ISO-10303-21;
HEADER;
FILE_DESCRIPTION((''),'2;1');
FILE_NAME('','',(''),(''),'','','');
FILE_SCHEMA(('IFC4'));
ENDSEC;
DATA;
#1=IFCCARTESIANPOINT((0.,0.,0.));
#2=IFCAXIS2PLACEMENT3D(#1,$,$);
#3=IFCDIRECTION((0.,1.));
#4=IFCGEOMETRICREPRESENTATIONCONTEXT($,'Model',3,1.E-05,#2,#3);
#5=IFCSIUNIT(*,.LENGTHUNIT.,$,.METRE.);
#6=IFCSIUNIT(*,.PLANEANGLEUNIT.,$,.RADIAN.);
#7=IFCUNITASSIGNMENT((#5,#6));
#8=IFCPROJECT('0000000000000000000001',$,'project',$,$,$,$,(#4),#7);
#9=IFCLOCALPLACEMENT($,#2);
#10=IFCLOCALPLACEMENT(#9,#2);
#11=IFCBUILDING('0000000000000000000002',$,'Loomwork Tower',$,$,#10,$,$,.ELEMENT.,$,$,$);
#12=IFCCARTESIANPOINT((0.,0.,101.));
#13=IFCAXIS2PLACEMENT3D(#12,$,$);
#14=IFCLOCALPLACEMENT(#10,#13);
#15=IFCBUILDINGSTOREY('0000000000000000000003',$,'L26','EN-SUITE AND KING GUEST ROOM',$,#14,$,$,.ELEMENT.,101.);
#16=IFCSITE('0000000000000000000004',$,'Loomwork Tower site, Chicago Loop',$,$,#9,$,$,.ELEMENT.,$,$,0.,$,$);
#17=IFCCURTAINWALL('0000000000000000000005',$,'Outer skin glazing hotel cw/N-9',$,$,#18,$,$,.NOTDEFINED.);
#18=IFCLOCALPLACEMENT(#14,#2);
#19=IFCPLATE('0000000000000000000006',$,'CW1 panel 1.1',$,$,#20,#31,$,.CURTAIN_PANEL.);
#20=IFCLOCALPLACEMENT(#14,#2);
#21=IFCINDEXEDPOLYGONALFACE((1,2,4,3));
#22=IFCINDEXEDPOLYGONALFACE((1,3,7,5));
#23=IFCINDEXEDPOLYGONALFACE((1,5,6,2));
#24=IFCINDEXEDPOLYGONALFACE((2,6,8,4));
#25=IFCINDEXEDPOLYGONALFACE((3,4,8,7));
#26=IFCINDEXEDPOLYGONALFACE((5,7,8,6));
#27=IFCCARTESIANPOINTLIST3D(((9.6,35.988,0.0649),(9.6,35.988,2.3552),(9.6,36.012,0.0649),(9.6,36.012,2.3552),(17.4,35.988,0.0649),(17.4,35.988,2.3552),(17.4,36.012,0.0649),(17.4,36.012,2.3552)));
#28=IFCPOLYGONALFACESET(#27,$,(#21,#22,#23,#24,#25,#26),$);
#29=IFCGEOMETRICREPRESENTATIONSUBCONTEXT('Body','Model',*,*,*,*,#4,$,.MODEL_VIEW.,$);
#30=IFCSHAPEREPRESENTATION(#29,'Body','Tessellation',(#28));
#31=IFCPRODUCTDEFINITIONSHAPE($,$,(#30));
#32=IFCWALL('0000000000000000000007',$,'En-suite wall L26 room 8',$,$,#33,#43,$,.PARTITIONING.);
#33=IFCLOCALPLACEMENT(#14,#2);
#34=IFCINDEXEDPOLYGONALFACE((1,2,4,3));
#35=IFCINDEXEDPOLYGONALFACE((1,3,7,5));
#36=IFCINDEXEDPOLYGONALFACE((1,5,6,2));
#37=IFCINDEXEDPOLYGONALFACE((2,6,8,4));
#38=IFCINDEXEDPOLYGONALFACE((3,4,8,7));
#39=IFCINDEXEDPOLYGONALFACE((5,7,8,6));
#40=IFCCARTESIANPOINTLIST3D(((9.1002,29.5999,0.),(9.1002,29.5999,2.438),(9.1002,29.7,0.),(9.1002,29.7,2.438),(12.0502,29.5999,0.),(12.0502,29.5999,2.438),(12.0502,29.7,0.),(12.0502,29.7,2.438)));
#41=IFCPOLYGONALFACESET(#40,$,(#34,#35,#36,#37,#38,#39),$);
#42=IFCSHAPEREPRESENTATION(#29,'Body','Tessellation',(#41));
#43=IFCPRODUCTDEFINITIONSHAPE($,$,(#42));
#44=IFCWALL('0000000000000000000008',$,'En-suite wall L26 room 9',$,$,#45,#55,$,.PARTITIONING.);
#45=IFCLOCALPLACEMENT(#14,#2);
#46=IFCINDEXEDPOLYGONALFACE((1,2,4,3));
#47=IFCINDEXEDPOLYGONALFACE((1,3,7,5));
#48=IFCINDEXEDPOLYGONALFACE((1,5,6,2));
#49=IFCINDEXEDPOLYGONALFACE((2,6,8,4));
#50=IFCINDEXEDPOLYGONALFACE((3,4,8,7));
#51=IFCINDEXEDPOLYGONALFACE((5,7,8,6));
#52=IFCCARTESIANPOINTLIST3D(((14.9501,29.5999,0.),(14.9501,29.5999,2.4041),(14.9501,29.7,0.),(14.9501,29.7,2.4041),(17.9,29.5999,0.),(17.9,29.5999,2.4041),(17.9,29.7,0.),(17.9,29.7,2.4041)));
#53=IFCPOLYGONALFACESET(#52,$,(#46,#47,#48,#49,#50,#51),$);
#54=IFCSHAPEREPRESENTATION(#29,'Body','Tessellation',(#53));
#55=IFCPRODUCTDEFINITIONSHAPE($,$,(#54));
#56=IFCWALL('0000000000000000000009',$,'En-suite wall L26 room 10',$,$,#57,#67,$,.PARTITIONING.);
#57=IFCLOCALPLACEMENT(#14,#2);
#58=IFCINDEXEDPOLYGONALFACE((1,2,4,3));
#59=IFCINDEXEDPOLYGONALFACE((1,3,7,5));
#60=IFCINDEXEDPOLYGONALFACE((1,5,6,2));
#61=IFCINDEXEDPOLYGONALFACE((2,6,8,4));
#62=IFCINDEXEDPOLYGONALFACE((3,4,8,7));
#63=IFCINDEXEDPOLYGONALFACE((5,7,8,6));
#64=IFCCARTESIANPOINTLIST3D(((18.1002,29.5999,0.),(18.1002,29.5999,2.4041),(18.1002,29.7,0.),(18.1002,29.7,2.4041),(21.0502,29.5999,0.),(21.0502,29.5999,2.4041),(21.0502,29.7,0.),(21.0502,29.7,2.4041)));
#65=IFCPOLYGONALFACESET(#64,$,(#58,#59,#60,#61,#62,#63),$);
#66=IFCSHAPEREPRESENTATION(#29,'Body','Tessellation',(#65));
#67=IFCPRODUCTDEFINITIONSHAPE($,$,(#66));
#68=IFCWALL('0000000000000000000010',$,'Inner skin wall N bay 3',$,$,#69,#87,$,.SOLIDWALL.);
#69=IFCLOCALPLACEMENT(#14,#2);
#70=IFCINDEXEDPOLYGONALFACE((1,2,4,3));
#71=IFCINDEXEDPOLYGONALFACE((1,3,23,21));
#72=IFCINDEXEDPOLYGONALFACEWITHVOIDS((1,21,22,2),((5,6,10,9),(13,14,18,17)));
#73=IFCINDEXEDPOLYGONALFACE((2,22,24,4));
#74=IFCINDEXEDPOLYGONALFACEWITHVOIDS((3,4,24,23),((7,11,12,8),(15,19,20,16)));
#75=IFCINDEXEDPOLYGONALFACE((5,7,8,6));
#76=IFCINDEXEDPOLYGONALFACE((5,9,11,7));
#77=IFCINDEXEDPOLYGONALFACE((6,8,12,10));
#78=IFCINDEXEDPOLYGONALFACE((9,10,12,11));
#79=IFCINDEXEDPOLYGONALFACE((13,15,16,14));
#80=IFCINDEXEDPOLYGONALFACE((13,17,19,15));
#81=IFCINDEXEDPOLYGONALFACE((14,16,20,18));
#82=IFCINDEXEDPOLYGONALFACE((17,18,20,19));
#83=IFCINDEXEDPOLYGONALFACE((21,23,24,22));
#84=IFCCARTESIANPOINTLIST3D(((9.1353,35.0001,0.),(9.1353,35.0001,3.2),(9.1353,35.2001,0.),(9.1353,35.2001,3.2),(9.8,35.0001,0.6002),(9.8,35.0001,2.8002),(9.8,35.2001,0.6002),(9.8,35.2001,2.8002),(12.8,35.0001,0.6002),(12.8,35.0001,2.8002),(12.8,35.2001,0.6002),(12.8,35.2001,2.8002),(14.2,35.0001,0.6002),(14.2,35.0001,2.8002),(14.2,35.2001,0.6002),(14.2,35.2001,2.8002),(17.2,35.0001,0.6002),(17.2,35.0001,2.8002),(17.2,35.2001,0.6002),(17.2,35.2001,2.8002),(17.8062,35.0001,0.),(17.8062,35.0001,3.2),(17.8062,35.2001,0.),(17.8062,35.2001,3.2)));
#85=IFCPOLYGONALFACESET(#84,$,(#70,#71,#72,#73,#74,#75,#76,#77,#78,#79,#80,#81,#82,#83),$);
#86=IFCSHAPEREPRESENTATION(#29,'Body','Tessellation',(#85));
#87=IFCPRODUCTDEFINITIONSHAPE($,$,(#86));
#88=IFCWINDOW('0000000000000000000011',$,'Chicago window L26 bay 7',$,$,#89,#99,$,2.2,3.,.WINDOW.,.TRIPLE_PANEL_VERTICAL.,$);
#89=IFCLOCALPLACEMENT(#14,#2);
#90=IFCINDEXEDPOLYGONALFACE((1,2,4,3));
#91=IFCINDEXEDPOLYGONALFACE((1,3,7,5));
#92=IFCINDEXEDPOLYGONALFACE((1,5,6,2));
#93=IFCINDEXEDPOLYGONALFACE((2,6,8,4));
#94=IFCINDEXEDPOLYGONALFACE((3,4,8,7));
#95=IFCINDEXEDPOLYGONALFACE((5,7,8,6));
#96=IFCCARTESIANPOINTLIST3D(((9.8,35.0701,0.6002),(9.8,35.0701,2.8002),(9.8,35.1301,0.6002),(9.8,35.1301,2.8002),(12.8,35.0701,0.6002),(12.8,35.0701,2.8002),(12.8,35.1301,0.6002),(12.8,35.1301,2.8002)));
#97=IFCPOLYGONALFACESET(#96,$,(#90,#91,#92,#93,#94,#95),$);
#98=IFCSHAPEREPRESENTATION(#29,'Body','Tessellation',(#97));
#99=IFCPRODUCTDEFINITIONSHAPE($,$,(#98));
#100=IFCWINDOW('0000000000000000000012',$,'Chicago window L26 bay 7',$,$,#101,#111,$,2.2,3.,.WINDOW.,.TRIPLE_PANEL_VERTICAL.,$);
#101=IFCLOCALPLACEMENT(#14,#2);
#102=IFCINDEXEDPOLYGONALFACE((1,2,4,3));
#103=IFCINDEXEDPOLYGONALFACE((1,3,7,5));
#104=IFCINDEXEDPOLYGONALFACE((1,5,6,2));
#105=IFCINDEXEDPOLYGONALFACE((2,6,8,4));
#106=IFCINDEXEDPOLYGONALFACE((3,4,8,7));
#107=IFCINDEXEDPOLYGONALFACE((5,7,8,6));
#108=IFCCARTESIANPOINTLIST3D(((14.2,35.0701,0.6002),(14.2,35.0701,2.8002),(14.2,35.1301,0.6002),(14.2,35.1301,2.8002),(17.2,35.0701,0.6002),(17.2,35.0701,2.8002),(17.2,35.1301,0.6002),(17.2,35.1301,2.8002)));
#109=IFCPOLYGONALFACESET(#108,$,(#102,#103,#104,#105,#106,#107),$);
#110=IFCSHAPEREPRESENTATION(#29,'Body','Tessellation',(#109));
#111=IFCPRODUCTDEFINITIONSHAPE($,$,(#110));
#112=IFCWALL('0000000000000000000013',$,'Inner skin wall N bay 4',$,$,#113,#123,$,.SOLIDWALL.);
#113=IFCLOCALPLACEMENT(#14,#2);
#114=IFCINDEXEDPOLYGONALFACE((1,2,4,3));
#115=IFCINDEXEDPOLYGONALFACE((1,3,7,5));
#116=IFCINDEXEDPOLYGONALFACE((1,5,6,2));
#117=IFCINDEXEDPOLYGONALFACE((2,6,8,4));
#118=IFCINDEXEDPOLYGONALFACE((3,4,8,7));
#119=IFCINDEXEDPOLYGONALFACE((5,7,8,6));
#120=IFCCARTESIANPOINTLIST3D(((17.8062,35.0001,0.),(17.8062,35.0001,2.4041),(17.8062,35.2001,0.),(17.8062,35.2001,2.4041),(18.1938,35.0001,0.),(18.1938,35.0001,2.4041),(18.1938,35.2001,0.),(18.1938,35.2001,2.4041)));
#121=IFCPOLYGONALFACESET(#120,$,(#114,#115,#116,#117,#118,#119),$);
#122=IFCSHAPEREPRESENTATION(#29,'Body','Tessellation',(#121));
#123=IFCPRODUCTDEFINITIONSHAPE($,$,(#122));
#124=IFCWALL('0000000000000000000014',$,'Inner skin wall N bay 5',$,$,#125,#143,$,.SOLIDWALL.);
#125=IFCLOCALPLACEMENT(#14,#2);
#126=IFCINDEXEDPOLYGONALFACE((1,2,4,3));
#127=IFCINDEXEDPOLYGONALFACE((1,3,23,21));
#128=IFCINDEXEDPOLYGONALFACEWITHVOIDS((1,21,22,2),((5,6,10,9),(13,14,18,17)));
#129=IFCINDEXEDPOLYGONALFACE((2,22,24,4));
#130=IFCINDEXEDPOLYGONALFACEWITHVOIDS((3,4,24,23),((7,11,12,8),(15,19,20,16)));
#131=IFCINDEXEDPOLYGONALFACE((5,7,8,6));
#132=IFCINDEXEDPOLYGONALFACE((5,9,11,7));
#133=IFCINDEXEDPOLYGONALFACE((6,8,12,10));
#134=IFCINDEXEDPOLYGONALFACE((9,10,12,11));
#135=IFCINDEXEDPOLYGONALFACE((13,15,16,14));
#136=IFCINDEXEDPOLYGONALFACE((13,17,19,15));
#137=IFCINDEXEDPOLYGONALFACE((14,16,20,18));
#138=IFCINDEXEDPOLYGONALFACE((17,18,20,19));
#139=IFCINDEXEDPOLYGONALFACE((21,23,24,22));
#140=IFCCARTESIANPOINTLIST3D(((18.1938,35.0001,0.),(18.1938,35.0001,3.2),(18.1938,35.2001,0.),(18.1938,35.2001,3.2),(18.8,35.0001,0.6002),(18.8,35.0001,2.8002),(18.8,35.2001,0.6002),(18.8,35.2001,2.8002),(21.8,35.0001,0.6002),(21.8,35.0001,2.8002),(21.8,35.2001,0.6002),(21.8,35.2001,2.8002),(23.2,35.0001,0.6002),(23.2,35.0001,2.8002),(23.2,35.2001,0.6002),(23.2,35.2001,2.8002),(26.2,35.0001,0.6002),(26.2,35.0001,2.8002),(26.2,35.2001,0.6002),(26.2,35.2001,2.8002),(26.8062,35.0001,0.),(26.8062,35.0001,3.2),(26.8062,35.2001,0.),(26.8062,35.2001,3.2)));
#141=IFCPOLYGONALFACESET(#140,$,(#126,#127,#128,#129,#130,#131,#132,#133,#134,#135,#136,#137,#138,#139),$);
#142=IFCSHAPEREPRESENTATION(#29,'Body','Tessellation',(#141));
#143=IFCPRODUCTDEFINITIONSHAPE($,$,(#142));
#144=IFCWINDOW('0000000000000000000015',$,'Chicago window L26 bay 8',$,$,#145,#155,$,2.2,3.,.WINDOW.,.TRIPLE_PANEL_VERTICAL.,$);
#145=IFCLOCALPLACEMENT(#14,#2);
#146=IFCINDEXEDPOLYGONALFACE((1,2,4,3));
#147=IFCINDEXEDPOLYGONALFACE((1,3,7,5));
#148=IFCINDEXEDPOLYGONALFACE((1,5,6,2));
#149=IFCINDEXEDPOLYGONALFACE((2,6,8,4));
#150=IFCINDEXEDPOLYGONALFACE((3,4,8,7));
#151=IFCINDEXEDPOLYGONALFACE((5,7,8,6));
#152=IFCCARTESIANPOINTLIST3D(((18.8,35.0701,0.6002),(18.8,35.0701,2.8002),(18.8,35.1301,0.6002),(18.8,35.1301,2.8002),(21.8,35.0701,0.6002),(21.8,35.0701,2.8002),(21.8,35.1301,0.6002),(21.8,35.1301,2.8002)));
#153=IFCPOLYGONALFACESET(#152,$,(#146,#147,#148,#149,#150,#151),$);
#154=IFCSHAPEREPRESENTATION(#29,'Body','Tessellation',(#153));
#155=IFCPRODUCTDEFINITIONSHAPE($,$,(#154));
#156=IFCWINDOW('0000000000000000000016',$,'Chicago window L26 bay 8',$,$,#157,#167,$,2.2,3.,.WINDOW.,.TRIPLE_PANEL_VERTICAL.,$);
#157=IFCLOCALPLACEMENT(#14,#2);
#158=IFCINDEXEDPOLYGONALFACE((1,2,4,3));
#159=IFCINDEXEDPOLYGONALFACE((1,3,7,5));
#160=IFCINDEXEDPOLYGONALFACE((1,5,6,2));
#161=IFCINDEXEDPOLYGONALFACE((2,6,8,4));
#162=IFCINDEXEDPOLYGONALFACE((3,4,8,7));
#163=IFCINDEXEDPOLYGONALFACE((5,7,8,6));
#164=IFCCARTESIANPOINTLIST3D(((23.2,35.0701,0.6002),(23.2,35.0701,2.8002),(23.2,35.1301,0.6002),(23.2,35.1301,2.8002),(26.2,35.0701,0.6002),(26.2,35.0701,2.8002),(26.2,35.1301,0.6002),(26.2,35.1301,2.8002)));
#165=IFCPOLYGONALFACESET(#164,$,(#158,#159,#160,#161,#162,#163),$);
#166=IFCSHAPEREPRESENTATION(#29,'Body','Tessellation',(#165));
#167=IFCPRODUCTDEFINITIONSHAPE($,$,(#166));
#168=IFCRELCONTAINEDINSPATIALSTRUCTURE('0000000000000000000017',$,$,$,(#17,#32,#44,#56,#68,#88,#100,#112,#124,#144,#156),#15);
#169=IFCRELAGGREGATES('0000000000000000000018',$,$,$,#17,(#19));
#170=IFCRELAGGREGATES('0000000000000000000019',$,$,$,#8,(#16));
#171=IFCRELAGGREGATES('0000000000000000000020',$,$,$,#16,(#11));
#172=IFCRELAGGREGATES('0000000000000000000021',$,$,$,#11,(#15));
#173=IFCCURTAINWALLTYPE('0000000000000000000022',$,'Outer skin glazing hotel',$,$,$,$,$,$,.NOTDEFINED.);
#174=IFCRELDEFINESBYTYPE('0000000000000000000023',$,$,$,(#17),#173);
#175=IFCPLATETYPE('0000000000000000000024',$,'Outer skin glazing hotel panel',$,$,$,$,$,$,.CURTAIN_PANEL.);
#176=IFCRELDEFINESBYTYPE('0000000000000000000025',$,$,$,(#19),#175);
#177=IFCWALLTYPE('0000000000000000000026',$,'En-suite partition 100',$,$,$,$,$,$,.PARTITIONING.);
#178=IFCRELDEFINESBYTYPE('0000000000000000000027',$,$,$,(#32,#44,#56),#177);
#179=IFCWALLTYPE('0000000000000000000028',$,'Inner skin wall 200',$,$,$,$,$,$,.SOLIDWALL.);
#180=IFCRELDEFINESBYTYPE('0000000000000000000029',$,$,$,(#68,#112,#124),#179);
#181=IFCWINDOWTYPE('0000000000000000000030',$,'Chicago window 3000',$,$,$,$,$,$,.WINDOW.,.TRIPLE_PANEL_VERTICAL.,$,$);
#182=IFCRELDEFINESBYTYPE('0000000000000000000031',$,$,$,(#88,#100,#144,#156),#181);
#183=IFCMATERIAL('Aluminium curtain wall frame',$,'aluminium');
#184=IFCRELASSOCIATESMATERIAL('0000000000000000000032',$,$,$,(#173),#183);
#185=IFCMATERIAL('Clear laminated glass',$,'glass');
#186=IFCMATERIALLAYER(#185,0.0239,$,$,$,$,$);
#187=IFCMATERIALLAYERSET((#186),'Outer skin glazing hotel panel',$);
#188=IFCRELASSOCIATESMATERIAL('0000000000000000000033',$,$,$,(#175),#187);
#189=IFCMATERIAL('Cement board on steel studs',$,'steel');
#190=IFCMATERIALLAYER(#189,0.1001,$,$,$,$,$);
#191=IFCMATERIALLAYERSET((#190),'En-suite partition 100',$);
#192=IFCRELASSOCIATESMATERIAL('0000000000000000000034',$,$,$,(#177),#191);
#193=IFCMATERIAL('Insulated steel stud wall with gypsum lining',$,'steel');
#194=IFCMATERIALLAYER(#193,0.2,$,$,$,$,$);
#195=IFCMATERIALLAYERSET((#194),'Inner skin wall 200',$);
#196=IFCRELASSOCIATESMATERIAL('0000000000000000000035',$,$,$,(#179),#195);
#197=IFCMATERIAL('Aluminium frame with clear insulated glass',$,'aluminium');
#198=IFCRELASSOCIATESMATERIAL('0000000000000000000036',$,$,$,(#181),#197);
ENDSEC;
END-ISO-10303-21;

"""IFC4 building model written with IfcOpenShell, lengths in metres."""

from ifc_helpers import new_model, si_unit, direction, frame, frame_2d, origin, origin_2d, place, context, subcontext, project, spatial, rectangle, extrude, material, layer, layer_set, type_object, element, fill, aggregate, save


model = new_model("IFC4")

# Units and contexts
model_context = context("Model", 3, precision=1e-05, world=origin(), true_north=direction((0.0, 1.0)))
body_context = subcontext(model_context, "Body", "Model", "MODEL_VIEW")
ifc_project = project(units=[si_unit("LENGTHUNIT", "METRE"), si_unit("PLANEANGLEUNIT", "RADIAN")], contexts=[model_context])

# Site, building, storey
site_placement = place(None, origin())
site = spatial("IfcSite", under=ifc_project, at=site_placement, Name="Loomwork Tower site, Chicago Loop", CompositionType="ELEMENT", RefElevation=0.0)
building_placement = place(site_placement, origin())
building = spatial("IfcBuilding", under=site, at=building_placement, Name="Loomwork Tower", CompositionType="ELEMENT")
storey_placement = place(building_placement, frame((0.0, 0.0, 101.0)))
storey = spatial("IfcBuildingStorey", under=building, at=storey_placement, Name="L26", Description="EN-SUITE AND KING GUEST ROOM", CompositionType="ELEMENT", Elevation=101.0)

# Curtain wall
ifc_material_1 = material(Name="Aluminium curtain wall frame", Category="aluminium")
curtain_wall_type = type_object("IfcCurtainWallType", Name="Outer skin glazing hotel", PredefinedType="NOTDEFINED", material=ifc_material_1)
curtain_wall_1_placement = place(storey_placement, origin())
curtain_wall_1 = element("IfcCurtainWall", 1, at=curtain_wall_1_placement, inside=storey, type_object=curtain_wall_type, Name="Outer skin glazing hotel cw/N-9", PredefinedType="NOTDEFINED")

# Plate
ifc_material_2 = material(Name="Clear laminated glass", Category="glass")
ifc_layer_1 = layer(ifc_material_2, 0.0239)
ifc_layer_set_1 = layer_set([ifc_layer_1], Name="Outer skin glazing hotel panel")
plate_type = type_object("IfcPlateType", Name="Outer skin glazing hotel panel", PredefinedType="CURTAIN_PANEL", material=ifc_layer_set_1)
plate_placement = place(storey_placement, frame((13.5, 36.0, 0.0649), z_axis=(0.0, 0.0, 1.0), x_axis=(-1.0, 0.0, 0.0)))
plate = element("IfcPlate", 2, at=plate_placement, type_object=plate_type, Name="CW1 panel 1.1", PredefinedType="CURTAIN_PANEL", context=body_context, shape_type="SweptSolid", body=[
    extrude(rectangle(XDim=7.8, YDim=0.0239, at=origin_2d()), origin(), (0.0, 0.0, 1.0), 2.2903),
])
aggregate(curtain_wall_1, [plate])

# Walls
ifc_material_3 = material(Name="Cement board on steel studs", Category="steel")
ifc_layer_2 = layer(ifc_material_3, 0.1001)
ifc_layer_set_2 = layer_set([ifc_layer_2], Name="En-suite partition 100")
wall_type_1 = type_object("IfcWallType", Name="En-suite partition 100", PredefinedType="PARTITIONING", material=ifc_layer_set_2)
wall_1_placement = place(storey_placement, frame((9.1001, 29.6499, 0.0), z_axis=(0.0, 0.0, 1.0), x_axis=(1.0, 0.0, 0.0)))
element("IfcWall", 3, at=wall_1_placement, inside=storey, type_object=wall_type_1, Name="En-suite wall L26 room 8", PredefinedType="PARTITIONING", context=body_context, shape_type="SweptSolid", body=[
    extrude(rectangle(XDim=2.95, YDim=0.1001, at=frame_2d((1.4751, 0.0))), origin(), (0.0, 0.0, 1.0), 2.438),
])
for number, where, z_axis, x_axis, name in (
    (4, (14.95, 29.6499, 0.0), (0.0, 0.0, 1.0), (1.0, 0.0, 0.0), "En-suite wall L26 room 9"),
    (5, (18.1001, 29.6499, 0.0), (0.0, 0.0, 1.0), (1.0, 0.0, 0.0), "En-suite wall L26 room 10"),
):
    element("IfcWall", number, at=place(storey_placement, frame(where, z_axis=z_axis, x_axis=x_axis)), inside=storey, type_object=wall_type_1, Name=name, PredefinedType="PARTITIONING", context=body_context, shape_type="SweptSolid", body=[
        extrude(rectangle(XDim=2.95, YDim=0.1001, at=frame_2d((1.4751, 0.0))), origin(), (0.0, 0.0, 1.0), 2.4041),
    ])

# Wall, openings, windows
ifc_material_4 = material(Name="Insulated steel stud wall with gypsum lining", Category="steel")
ifc_layer_3 = layer(ifc_material_4, 0.2)
ifc_layer_set_3 = layer_set([ifc_layer_3], Name="Inner skin wall 200")
wall_type_2 = type_object("IfcWallType", Name="Inner skin wall 200", PredefinedType="SOLIDWALL", material=ifc_layer_set_3)
wall_2_placement = place(storey_placement, frame((9.1353, 35.1001, 0.0), z_axis=(0.0, 0.0, 1.0), x_axis=(1.0, 0.0, 0.0)))
wall_2 = element("IfcWall", 6, at=wall_2_placement, inside=storey, type_object=wall_type_2, Name="Inner skin wall N bay 3", PredefinedType="SOLIDWALL", context=body_context, shape_type="SweptSolid", body=[
    extrude(rectangle(XDim=8.6709, YDim=0.2, at=frame_2d((4.3354, 0.0))), origin(), (0.0, 0.0, 1.0), 3.2),
])
opening_1_placement = place(wall_2_placement, frame((0.6648, 0.0, 0.6001)))
opening_1 = element("IfcOpeningElement", 7, at=opening_1_placement, cuts=wall_2, PredefinedType="OPENING", context=body_context, shape_type="SweptSolid", body=[
    extrude(rectangle(XDim=3.0, YDim=2.2, at=frame_2d((1.5, 1.1001))), frame((0.0, 0.1099, 0.0), z_axis=(0.0, -1.0, 0.0), x_axis=(1.0, 0.0, 0.0)), (0.0, 0.0, 1.0), 0.22),
])
opening_2_placement = place(wall_2_placement, frame((5.0647, 0.0, 0.6001)))
opening_2 = element("IfcOpeningElement", 8, at=opening_2_placement, cuts=wall_2, PredefinedType="OPENING", context=body_context, shape_type="SweptSolid", body=[
    extrude(rectangle(XDim=3.0, YDim=2.2, at=frame_2d((1.5, 1.1001))), frame((0.0, 0.1099, 0.0), z_axis=(0.0, -1.0, 0.0), x_axis=(1.0, 0.0, 0.0)), (0.0, 0.0, 1.0), 0.22),
])
ifc_material_5 = material(Name="Aluminium frame with clear insulated glass", Category="aluminium")
window_type = type_object("IfcWindowType", Name="Chicago window 3000", PartitioningType="TRIPLE_PANEL_VERTICAL", PredefinedType="WINDOW", material=ifc_material_5)
window_1_placement = place(opening_1_placement, origin())
window_1 = element("IfcWindow", 9, at=window_1_placement, inside=storey, type_object=window_type, Name="Chicago window L26 bay 7", OverallHeight=2.2, OverallWidth=3.0, PartitioningType="TRIPLE_PANEL_VERTICAL", PredefinedType="WINDOW", context=body_context, shape_type="SweptSolid", body=[
    extrude(rectangle(XDim=3.0, YDim=2.2, at=frame_2d((1.5, 1.1001))), frame((0.0, 0.03, 0.0), z_axis=(0.0, -1.0, 0.0), x_axis=(1.0, 0.0, 0.0)), (0.0, 0.0, 1.0), 0.0601),
])
fill(opening_1, window_1)
window_2_placement = place(opening_2_placement, origin())
window_2 = element("IfcWindow", 10, at=window_2_placement, inside=storey, type_object=window_type, Name="Chicago window L26 bay 7", OverallHeight=2.2, OverallWidth=3.0, PartitioningType="TRIPLE_PANEL_VERTICAL", PredefinedType="WINDOW", context=body_context, shape_type="SweptSolid", body=[
    extrude(rectangle(XDim=3.0, YDim=2.2, at=frame_2d((1.5, 1.1001))), frame((0.0, 0.03, 0.0), z_axis=(0.0, -1.0, 0.0), x_axis=(1.0, 0.0, 0.0)), (0.0, 0.0, 1.0), 0.0601),
])
fill(opening_2, window_2)

# Wall
wall_3_placement = place(storey_placement, frame((17.8062, 35.1001, 0.0), z_axis=(0.0, 0.0, 1.0), x_axis=(1.0, 0.0, 0.0)))
element("IfcWall", 11, at=wall_3_placement, inside=storey, type_object=wall_type_2, Name="Inner skin wall N bay 4", PredefinedType="SOLIDWALL", context=body_context, shape_type="SweptSolid", body=[
    extrude(rectangle(XDim=0.3877, YDim=0.2, at=frame_2d((0.1938, 0.0))), origin(), (0.0, 0.0, 1.0), 2.4041),
])

# Wall, openings, windows
wall_4_placement = place(storey_placement, frame((18.1938, 35.1001, 0.0), z_axis=(0.0, 0.0, 1.0), x_axis=(1.0, 0.0, 0.0)))
wall_4 = element("IfcWall", 12, at=wall_4_placement, inside=storey, type_object=wall_type_2, Name="Inner skin wall N bay 5", PredefinedType="SOLIDWALL", context=body_context, shape_type="SweptSolid", body=[
    extrude(rectangle(XDim=8.6123, YDim=0.2, at=frame_2d((4.3062, 0.0))), origin(), (0.0, 0.0, 1.0), 3.2),
])
opening_3_placement = place(wall_4_placement, frame((0.6062, 0.0, 0.6001)))
opening_3 = element("IfcOpeningElement", 13, at=opening_3_placement, cuts=wall_4, PredefinedType="OPENING", context=body_context, shape_type="SweptSolid", body=[
    extrude(rectangle(XDim=3.0, YDim=2.2, at=frame_2d((1.5, 1.1001))), frame((0.0, 0.1099, 0.0), z_axis=(0.0, -1.0, 0.0), x_axis=(1.0, 0.0, 0.0)), (0.0, 0.0, 1.0), 0.22),
])
opening_4_placement = place(wall_4_placement, frame((5.0061, 0.0, 0.6001)))
opening_4 = element("IfcOpeningElement", 14, at=opening_4_placement, cuts=wall_4, PredefinedType="OPENING", context=body_context, shape_type="SweptSolid", body=[
    extrude(rectangle(XDim=3.0, YDim=2.2, at=frame_2d((1.5, 1.1001))), frame((0.0, 0.1099, 0.0), z_axis=(0.0, -1.0, 0.0), x_axis=(1.0, 0.0, 0.0)), (0.0, 0.0, 1.0), 0.22),
])
window_3_placement = place(opening_3_placement, origin())
window_3 = element("IfcWindow", 15, at=window_3_placement, inside=storey, type_object=window_type, Name="Chicago window L26 bay 8", OverallHeight=2.2, OverallWidth=3.0, PartitioningType="TRIPLE_PANEL_VERTICAL", PredefinedType="WINDOW", context=body_context, shape_type="SweptSolid", body=[
    extrude(rectangle(XDim=3.0, YDim=2.2, at=frame_2d((1.5, 1.1001))), frame((0.0, 0.03, 0.0), z_axis=(0.0, -1.0, 0.0), x_axis=(1.0, 0.0, 0.0)), (0.0, 0.0, 1.0), 0.0601),
])
fill(opening_3, window_3)
window_4_placement = place(opening_4_placement, origin())
window_4 = element("IfcWindow", 16, at=window_4_placement, inside=storey, type_object=window_type, Name="Chicago window L26 bay 8", OverallHeight=2.2, OverallWidth=3.0, PartitioningType="TRIPLE_PANEL_VERTICAL", PredefinedType="WINDOW", context=body_context, shape_type="SweptSolid", body=[
    extrude(rectangle(XDim=3.0, YDim=2.2, at=frame_2d((1.5, 1.1001))), frame((0.0, 0.03, 0.0), z_axis=(0.0, -1.0, 0.0), x_axis=(1.0, 0.0, 0.0)), (0.0, 0.0, 1.0), 0.0601),
])
fill(opening_4, window_4)

save(model, "model.ifc")
